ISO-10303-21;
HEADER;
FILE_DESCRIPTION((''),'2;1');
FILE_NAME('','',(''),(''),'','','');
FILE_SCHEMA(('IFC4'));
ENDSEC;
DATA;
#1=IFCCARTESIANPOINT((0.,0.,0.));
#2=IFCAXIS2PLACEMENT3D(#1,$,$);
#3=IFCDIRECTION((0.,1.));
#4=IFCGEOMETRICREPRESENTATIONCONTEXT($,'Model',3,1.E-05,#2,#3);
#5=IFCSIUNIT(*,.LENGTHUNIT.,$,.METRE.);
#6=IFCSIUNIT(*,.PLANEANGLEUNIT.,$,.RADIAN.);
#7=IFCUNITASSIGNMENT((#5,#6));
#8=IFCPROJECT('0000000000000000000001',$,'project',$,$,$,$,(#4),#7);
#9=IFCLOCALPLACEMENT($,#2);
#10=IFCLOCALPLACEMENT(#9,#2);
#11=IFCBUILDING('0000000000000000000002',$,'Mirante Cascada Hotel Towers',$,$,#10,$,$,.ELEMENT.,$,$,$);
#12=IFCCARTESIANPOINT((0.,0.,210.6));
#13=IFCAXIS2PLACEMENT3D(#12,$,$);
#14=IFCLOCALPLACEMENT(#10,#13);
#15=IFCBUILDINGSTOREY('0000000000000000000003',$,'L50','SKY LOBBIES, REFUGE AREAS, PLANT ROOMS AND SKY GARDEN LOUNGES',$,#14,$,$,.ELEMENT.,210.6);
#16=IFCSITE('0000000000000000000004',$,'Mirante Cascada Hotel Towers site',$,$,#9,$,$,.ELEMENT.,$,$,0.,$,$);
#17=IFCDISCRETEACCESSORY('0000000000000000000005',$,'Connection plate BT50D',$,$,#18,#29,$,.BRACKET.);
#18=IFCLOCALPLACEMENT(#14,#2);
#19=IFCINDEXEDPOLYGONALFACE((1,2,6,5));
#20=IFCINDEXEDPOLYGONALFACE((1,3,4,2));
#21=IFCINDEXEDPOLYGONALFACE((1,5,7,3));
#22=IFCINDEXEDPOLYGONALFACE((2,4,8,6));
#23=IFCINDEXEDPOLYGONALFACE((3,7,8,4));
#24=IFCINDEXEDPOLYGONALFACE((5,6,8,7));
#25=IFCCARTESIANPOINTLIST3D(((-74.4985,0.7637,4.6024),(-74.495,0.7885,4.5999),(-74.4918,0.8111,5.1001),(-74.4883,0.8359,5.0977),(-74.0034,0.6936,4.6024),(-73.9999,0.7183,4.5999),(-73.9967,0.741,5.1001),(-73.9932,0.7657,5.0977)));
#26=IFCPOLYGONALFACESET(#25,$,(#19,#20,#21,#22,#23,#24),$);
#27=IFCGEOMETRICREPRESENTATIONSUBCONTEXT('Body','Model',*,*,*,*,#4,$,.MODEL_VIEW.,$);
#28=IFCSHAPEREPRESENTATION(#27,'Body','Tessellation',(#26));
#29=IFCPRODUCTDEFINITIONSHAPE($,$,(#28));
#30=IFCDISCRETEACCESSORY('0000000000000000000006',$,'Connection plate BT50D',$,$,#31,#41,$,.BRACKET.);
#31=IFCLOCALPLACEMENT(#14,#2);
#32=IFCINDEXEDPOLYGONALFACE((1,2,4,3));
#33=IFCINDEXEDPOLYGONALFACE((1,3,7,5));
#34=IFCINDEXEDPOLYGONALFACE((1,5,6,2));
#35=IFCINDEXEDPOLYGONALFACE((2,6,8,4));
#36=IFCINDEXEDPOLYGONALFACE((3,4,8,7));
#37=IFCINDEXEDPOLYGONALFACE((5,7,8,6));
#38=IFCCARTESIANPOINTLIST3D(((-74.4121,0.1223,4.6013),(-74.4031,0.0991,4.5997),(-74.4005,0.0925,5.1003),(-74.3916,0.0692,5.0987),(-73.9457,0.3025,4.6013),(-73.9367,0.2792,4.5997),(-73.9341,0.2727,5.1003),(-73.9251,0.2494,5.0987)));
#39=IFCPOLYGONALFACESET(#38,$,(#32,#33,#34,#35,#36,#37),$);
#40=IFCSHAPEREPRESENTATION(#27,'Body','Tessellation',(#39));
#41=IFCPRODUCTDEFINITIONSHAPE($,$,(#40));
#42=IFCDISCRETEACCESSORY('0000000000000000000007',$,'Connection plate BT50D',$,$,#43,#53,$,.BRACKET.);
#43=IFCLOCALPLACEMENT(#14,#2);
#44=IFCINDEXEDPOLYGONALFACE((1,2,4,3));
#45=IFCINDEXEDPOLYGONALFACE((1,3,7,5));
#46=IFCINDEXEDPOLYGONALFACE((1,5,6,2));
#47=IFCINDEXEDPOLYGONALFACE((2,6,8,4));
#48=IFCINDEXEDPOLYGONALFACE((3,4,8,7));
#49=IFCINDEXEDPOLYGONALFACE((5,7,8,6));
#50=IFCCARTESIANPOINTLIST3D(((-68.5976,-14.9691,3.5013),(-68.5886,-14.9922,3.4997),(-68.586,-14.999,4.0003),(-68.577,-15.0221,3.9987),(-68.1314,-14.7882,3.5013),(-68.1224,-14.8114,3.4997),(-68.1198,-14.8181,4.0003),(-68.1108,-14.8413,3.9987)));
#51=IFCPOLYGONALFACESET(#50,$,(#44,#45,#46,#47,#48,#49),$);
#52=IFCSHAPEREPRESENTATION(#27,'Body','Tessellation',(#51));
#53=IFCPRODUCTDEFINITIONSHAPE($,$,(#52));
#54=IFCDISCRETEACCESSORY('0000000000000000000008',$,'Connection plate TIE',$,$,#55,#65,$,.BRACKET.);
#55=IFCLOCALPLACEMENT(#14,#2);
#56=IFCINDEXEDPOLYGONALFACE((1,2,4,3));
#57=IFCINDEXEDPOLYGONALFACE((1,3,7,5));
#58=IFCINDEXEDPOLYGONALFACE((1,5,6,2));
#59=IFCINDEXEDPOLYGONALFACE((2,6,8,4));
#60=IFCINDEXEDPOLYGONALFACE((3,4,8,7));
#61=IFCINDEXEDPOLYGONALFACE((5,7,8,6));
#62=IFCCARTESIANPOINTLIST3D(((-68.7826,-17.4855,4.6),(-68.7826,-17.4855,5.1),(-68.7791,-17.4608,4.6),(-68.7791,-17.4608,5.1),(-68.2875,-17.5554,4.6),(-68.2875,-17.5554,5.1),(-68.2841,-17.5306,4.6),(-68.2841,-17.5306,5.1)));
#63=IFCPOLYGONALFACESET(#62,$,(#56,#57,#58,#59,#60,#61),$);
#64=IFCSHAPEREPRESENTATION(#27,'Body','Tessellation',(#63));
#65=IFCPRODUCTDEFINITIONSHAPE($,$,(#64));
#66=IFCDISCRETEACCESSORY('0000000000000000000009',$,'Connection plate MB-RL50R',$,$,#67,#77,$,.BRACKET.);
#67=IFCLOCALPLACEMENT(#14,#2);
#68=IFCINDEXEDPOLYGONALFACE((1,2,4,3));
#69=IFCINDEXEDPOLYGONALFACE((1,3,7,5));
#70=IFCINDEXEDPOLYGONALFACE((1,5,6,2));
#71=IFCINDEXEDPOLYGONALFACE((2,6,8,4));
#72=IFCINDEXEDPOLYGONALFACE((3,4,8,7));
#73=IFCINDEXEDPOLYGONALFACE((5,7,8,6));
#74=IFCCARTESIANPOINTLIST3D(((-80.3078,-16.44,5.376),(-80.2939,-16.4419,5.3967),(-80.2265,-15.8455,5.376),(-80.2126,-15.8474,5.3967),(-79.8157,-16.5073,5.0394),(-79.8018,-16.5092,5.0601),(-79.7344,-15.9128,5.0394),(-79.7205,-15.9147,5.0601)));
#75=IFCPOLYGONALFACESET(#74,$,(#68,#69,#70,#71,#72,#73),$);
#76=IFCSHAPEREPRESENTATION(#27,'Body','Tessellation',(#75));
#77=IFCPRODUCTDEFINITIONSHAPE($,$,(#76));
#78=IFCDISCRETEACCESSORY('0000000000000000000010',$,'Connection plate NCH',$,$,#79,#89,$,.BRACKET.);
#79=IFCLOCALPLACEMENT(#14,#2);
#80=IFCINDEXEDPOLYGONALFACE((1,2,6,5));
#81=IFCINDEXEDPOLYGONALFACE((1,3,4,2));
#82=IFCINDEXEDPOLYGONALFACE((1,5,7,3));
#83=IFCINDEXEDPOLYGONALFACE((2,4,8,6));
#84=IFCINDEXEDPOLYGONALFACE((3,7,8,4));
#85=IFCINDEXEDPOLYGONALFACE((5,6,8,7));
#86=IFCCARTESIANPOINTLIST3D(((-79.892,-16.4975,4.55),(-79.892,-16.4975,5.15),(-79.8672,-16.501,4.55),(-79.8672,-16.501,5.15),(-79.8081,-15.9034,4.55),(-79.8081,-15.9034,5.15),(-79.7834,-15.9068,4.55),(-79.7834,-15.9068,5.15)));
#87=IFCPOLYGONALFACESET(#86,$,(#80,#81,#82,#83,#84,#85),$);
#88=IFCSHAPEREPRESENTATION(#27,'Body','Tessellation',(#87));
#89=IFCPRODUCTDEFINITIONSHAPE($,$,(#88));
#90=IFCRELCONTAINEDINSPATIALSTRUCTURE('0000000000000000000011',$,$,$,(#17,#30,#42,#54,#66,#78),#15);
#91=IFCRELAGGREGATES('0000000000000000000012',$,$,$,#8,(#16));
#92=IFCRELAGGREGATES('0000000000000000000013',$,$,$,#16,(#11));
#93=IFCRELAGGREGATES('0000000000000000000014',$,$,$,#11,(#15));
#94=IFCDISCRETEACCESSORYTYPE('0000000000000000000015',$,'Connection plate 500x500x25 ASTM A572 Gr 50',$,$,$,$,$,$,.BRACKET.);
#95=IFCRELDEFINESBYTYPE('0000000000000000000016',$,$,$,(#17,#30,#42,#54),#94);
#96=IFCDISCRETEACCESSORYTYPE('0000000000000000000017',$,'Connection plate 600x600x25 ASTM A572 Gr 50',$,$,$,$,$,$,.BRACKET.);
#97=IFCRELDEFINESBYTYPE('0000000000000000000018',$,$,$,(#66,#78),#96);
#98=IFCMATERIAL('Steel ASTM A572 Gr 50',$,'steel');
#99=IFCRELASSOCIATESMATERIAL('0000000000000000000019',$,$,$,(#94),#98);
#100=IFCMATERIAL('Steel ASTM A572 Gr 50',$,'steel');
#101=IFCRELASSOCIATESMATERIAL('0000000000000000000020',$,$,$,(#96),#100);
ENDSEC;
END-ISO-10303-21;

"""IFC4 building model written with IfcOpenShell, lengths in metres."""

from ifc_helpers import new_model, si_unit, direction, frame, origin, origin_2d, place, context, subcontext, project, spatial, rectangle, extrude, material, material_profile, profile_set, type_object, element, save


model = new_model("IFC4")

# Units and contexts
model_context = context("Model", 3, precision=1e-05, world=origin(), true_north=direction((0.0, 1.0)))
body_context = subcontext(model_context, "Body", "Model", "MODEL_VIEW")
ifc_project = project(units=[si_unit("LENGTHUNIT", "METRE"), si_unit("PLANEANGLEUNIT", "RADIAN")], contexts=[model_context])

# Site, building, storey
site_placement = place(None, origin())
site = spatial("IfcSite", under=ifc_project, at=site_placement, Name="Mirante Cascada Hotel Towers site", CompositionType="ELEMENT", RefElevation=0.0)
building_placement = place(site_placement, origin())
building = spatial("IfcBuilding", under=site, at=building_placement, Name="Mirante Cascada Hotel Towers", CompositionType="ELEMENT")
storey_placement = place(building_placement, frame((0.0, 0.0, 210.6)))
storey = spatial("IfcBuildingStorey", under=building, at=storey_placement, Name="L50", Description="SKY LOBBIES, REFUGE AREAS, PLANT ROOMS AND SKY GARDEN LOUNGES", CompositionType="ELEMENT", Elevation=210.6)

# Discrete accessories
ifc_material_1 = material(Name="Steel ASTM A572 Gr 50", Category="steel")
ifc_material_profile_1 = material_profile(ifc_material_1, rectangle(XDim=0.5, YDim=0.5, at=origin_2d()), Name="Connection plate 500x500x25 ASTM A572 Gr 50")
ifc_profile_set_1 = profile_set([ifc_material_profile_1], Name="Steel ASTM A572 Gr 50")
discrete_accessory_type_1 = type_object("IfcDiscreteAccessoryType", Name="Connection plate 500x500x25 ASTM A572 Gr 50", PredefinedType="BRACKET", material=ifc_profile_set_1)
discrete_accessory_1_placement = place(storey_placement, frame((-74.2441, 0.7771, 4.8488), z_axis=(-0.139654, -0.985559, 0.095763), x_axis=(0.990109, -0.140299, 0.0)))
element("IfcDiscreteAccessory", 1, at=discrete_accessory_1_placement, inside=storey, type_object=discrete_accessory_type_1, Name="Connection plate BT50D", PredefinedType="BRACKET", context=body_context, shape_type="SweptSolid", body=[
    extrude(rectangle(XDim=0.5, YDim=0.5, at=origin_2d()), origin(), (0.0, 0.0, 1.0), 0.0251),
])
discrete_accessory_2_placement = place(storey_placement, frame((-74.1731, 0.1975, 4.8508), z_axis=(0.359583, -0.930921, -0.063926), x_axis=(0.932829, 0.36032, 0.0)))
element("IfcDiscreteAccessory", 2, at=discrete_accessory_2_placement, inside=storey, type_object=discrete_accessory_type_1, Name="Connection plate BT50D", PredefinedType="BRACKET", context=body_context, shape_type="SweptSolid", body=[
    extrude(rectangle(XDim=0.5, YDim=0.5, at=origin_2d()), origin(), (0.0, 0.0, 1.0), 0.025),
])
discrete_accessory_3_placement = place(storey_placement, frame((-68.3587, -14.8936, 3.7508), z_axis=(0.360925, -0.930385, -0.064164), x_axis=(0.932306, 0.36167, 0.0)))
element("IfcDiscreteAccessory", 3, at=discrete_accessory_3_placement, inside=storey, type_object=discrete_accessory_type_1, Name="Connection plate BT50D", PredefinedType="BRACKET", context=body_context, shape_type="SweptSolid", body=[
    extrude(rectangle(XDim=0.5, YDim=0.5, at=origin_2d()), origin(), (0.0, 0.0, 1.0), 0.0249),
])
discrete_accessory_4_placement = place(storey_placement, frame((-68.5316, -17.4957, 4.85), z_axis=(-0.139744, -0.990188, 0.0), x_axis=(0.990188, -0.139744, 0.0)))
element("IfcDiscreteAccessory", 4, at=discrete_accessory_4_placement, inside=storey, type_object=discrete_accessory_type_1, Name="Connection plate TIE", PredefinedType="BRACKET", context=body_context, shape_type="SweptSolid", body=[
    extrude(rectangle(XDim=0.5, YDim=0.5, at=origin_2d()), origin(), (0.0, 0.0, 1.0), 0.025),
])
ifc_material_2 = material(Name="Steel ASTM A572 Gr 50", Category="steel")
ifc_material_profile_2 = material_profile(ifc_material_2, rectangle(XDim=0.6, YDim=0.6, at=origin_2d()), Name="Connection plate 600x600x25 ASTM A572 Gr 50")
ifc_profile_set_2 = profile_set([ifc_material_profile_2], Name="Steel ASTM A572 Gr 50")
discrete_accessory_type_2 = type_object("IfcDiscreteAccessoryType", Name="Connection plate 600x600x25 ASTM A572 Gr 50", PredefinedType="BRACKET", material=ifc_profile_set_2)
for number, where, z_axis, x_axis, name in (
    (5, (-80.0211, -16.1764, 5.2077), (0.555862, -0.075981, 0.827795), (0.135431, 0.990787, 0.0), "Connection plate MB-RL50R"),
    (6, (-79.8253, -16.2039, 4.85), (-0.990188, 0.139744, 0.0), (-0.139744, -0.990188, 0.0), "Connection plate NCH"),
):
    element("IfcDiscreteAccessory", number, at=place(storey_placement, frame(where, z_axis=z_axis, x_axis=x_axis)), inside=storey, type_object=discrete_accessory_type_2, Name=name, PredefinedType="BRACKET", context=body_context, shape_type="SweptSolid", body=[
        extrude(rectangle(XDim=0.6, YDim=0.6, at=origin_2d()), origin(), (0.0, 0.0, 1.0), 0.025),
    ])

save(model, "model.ifc")
